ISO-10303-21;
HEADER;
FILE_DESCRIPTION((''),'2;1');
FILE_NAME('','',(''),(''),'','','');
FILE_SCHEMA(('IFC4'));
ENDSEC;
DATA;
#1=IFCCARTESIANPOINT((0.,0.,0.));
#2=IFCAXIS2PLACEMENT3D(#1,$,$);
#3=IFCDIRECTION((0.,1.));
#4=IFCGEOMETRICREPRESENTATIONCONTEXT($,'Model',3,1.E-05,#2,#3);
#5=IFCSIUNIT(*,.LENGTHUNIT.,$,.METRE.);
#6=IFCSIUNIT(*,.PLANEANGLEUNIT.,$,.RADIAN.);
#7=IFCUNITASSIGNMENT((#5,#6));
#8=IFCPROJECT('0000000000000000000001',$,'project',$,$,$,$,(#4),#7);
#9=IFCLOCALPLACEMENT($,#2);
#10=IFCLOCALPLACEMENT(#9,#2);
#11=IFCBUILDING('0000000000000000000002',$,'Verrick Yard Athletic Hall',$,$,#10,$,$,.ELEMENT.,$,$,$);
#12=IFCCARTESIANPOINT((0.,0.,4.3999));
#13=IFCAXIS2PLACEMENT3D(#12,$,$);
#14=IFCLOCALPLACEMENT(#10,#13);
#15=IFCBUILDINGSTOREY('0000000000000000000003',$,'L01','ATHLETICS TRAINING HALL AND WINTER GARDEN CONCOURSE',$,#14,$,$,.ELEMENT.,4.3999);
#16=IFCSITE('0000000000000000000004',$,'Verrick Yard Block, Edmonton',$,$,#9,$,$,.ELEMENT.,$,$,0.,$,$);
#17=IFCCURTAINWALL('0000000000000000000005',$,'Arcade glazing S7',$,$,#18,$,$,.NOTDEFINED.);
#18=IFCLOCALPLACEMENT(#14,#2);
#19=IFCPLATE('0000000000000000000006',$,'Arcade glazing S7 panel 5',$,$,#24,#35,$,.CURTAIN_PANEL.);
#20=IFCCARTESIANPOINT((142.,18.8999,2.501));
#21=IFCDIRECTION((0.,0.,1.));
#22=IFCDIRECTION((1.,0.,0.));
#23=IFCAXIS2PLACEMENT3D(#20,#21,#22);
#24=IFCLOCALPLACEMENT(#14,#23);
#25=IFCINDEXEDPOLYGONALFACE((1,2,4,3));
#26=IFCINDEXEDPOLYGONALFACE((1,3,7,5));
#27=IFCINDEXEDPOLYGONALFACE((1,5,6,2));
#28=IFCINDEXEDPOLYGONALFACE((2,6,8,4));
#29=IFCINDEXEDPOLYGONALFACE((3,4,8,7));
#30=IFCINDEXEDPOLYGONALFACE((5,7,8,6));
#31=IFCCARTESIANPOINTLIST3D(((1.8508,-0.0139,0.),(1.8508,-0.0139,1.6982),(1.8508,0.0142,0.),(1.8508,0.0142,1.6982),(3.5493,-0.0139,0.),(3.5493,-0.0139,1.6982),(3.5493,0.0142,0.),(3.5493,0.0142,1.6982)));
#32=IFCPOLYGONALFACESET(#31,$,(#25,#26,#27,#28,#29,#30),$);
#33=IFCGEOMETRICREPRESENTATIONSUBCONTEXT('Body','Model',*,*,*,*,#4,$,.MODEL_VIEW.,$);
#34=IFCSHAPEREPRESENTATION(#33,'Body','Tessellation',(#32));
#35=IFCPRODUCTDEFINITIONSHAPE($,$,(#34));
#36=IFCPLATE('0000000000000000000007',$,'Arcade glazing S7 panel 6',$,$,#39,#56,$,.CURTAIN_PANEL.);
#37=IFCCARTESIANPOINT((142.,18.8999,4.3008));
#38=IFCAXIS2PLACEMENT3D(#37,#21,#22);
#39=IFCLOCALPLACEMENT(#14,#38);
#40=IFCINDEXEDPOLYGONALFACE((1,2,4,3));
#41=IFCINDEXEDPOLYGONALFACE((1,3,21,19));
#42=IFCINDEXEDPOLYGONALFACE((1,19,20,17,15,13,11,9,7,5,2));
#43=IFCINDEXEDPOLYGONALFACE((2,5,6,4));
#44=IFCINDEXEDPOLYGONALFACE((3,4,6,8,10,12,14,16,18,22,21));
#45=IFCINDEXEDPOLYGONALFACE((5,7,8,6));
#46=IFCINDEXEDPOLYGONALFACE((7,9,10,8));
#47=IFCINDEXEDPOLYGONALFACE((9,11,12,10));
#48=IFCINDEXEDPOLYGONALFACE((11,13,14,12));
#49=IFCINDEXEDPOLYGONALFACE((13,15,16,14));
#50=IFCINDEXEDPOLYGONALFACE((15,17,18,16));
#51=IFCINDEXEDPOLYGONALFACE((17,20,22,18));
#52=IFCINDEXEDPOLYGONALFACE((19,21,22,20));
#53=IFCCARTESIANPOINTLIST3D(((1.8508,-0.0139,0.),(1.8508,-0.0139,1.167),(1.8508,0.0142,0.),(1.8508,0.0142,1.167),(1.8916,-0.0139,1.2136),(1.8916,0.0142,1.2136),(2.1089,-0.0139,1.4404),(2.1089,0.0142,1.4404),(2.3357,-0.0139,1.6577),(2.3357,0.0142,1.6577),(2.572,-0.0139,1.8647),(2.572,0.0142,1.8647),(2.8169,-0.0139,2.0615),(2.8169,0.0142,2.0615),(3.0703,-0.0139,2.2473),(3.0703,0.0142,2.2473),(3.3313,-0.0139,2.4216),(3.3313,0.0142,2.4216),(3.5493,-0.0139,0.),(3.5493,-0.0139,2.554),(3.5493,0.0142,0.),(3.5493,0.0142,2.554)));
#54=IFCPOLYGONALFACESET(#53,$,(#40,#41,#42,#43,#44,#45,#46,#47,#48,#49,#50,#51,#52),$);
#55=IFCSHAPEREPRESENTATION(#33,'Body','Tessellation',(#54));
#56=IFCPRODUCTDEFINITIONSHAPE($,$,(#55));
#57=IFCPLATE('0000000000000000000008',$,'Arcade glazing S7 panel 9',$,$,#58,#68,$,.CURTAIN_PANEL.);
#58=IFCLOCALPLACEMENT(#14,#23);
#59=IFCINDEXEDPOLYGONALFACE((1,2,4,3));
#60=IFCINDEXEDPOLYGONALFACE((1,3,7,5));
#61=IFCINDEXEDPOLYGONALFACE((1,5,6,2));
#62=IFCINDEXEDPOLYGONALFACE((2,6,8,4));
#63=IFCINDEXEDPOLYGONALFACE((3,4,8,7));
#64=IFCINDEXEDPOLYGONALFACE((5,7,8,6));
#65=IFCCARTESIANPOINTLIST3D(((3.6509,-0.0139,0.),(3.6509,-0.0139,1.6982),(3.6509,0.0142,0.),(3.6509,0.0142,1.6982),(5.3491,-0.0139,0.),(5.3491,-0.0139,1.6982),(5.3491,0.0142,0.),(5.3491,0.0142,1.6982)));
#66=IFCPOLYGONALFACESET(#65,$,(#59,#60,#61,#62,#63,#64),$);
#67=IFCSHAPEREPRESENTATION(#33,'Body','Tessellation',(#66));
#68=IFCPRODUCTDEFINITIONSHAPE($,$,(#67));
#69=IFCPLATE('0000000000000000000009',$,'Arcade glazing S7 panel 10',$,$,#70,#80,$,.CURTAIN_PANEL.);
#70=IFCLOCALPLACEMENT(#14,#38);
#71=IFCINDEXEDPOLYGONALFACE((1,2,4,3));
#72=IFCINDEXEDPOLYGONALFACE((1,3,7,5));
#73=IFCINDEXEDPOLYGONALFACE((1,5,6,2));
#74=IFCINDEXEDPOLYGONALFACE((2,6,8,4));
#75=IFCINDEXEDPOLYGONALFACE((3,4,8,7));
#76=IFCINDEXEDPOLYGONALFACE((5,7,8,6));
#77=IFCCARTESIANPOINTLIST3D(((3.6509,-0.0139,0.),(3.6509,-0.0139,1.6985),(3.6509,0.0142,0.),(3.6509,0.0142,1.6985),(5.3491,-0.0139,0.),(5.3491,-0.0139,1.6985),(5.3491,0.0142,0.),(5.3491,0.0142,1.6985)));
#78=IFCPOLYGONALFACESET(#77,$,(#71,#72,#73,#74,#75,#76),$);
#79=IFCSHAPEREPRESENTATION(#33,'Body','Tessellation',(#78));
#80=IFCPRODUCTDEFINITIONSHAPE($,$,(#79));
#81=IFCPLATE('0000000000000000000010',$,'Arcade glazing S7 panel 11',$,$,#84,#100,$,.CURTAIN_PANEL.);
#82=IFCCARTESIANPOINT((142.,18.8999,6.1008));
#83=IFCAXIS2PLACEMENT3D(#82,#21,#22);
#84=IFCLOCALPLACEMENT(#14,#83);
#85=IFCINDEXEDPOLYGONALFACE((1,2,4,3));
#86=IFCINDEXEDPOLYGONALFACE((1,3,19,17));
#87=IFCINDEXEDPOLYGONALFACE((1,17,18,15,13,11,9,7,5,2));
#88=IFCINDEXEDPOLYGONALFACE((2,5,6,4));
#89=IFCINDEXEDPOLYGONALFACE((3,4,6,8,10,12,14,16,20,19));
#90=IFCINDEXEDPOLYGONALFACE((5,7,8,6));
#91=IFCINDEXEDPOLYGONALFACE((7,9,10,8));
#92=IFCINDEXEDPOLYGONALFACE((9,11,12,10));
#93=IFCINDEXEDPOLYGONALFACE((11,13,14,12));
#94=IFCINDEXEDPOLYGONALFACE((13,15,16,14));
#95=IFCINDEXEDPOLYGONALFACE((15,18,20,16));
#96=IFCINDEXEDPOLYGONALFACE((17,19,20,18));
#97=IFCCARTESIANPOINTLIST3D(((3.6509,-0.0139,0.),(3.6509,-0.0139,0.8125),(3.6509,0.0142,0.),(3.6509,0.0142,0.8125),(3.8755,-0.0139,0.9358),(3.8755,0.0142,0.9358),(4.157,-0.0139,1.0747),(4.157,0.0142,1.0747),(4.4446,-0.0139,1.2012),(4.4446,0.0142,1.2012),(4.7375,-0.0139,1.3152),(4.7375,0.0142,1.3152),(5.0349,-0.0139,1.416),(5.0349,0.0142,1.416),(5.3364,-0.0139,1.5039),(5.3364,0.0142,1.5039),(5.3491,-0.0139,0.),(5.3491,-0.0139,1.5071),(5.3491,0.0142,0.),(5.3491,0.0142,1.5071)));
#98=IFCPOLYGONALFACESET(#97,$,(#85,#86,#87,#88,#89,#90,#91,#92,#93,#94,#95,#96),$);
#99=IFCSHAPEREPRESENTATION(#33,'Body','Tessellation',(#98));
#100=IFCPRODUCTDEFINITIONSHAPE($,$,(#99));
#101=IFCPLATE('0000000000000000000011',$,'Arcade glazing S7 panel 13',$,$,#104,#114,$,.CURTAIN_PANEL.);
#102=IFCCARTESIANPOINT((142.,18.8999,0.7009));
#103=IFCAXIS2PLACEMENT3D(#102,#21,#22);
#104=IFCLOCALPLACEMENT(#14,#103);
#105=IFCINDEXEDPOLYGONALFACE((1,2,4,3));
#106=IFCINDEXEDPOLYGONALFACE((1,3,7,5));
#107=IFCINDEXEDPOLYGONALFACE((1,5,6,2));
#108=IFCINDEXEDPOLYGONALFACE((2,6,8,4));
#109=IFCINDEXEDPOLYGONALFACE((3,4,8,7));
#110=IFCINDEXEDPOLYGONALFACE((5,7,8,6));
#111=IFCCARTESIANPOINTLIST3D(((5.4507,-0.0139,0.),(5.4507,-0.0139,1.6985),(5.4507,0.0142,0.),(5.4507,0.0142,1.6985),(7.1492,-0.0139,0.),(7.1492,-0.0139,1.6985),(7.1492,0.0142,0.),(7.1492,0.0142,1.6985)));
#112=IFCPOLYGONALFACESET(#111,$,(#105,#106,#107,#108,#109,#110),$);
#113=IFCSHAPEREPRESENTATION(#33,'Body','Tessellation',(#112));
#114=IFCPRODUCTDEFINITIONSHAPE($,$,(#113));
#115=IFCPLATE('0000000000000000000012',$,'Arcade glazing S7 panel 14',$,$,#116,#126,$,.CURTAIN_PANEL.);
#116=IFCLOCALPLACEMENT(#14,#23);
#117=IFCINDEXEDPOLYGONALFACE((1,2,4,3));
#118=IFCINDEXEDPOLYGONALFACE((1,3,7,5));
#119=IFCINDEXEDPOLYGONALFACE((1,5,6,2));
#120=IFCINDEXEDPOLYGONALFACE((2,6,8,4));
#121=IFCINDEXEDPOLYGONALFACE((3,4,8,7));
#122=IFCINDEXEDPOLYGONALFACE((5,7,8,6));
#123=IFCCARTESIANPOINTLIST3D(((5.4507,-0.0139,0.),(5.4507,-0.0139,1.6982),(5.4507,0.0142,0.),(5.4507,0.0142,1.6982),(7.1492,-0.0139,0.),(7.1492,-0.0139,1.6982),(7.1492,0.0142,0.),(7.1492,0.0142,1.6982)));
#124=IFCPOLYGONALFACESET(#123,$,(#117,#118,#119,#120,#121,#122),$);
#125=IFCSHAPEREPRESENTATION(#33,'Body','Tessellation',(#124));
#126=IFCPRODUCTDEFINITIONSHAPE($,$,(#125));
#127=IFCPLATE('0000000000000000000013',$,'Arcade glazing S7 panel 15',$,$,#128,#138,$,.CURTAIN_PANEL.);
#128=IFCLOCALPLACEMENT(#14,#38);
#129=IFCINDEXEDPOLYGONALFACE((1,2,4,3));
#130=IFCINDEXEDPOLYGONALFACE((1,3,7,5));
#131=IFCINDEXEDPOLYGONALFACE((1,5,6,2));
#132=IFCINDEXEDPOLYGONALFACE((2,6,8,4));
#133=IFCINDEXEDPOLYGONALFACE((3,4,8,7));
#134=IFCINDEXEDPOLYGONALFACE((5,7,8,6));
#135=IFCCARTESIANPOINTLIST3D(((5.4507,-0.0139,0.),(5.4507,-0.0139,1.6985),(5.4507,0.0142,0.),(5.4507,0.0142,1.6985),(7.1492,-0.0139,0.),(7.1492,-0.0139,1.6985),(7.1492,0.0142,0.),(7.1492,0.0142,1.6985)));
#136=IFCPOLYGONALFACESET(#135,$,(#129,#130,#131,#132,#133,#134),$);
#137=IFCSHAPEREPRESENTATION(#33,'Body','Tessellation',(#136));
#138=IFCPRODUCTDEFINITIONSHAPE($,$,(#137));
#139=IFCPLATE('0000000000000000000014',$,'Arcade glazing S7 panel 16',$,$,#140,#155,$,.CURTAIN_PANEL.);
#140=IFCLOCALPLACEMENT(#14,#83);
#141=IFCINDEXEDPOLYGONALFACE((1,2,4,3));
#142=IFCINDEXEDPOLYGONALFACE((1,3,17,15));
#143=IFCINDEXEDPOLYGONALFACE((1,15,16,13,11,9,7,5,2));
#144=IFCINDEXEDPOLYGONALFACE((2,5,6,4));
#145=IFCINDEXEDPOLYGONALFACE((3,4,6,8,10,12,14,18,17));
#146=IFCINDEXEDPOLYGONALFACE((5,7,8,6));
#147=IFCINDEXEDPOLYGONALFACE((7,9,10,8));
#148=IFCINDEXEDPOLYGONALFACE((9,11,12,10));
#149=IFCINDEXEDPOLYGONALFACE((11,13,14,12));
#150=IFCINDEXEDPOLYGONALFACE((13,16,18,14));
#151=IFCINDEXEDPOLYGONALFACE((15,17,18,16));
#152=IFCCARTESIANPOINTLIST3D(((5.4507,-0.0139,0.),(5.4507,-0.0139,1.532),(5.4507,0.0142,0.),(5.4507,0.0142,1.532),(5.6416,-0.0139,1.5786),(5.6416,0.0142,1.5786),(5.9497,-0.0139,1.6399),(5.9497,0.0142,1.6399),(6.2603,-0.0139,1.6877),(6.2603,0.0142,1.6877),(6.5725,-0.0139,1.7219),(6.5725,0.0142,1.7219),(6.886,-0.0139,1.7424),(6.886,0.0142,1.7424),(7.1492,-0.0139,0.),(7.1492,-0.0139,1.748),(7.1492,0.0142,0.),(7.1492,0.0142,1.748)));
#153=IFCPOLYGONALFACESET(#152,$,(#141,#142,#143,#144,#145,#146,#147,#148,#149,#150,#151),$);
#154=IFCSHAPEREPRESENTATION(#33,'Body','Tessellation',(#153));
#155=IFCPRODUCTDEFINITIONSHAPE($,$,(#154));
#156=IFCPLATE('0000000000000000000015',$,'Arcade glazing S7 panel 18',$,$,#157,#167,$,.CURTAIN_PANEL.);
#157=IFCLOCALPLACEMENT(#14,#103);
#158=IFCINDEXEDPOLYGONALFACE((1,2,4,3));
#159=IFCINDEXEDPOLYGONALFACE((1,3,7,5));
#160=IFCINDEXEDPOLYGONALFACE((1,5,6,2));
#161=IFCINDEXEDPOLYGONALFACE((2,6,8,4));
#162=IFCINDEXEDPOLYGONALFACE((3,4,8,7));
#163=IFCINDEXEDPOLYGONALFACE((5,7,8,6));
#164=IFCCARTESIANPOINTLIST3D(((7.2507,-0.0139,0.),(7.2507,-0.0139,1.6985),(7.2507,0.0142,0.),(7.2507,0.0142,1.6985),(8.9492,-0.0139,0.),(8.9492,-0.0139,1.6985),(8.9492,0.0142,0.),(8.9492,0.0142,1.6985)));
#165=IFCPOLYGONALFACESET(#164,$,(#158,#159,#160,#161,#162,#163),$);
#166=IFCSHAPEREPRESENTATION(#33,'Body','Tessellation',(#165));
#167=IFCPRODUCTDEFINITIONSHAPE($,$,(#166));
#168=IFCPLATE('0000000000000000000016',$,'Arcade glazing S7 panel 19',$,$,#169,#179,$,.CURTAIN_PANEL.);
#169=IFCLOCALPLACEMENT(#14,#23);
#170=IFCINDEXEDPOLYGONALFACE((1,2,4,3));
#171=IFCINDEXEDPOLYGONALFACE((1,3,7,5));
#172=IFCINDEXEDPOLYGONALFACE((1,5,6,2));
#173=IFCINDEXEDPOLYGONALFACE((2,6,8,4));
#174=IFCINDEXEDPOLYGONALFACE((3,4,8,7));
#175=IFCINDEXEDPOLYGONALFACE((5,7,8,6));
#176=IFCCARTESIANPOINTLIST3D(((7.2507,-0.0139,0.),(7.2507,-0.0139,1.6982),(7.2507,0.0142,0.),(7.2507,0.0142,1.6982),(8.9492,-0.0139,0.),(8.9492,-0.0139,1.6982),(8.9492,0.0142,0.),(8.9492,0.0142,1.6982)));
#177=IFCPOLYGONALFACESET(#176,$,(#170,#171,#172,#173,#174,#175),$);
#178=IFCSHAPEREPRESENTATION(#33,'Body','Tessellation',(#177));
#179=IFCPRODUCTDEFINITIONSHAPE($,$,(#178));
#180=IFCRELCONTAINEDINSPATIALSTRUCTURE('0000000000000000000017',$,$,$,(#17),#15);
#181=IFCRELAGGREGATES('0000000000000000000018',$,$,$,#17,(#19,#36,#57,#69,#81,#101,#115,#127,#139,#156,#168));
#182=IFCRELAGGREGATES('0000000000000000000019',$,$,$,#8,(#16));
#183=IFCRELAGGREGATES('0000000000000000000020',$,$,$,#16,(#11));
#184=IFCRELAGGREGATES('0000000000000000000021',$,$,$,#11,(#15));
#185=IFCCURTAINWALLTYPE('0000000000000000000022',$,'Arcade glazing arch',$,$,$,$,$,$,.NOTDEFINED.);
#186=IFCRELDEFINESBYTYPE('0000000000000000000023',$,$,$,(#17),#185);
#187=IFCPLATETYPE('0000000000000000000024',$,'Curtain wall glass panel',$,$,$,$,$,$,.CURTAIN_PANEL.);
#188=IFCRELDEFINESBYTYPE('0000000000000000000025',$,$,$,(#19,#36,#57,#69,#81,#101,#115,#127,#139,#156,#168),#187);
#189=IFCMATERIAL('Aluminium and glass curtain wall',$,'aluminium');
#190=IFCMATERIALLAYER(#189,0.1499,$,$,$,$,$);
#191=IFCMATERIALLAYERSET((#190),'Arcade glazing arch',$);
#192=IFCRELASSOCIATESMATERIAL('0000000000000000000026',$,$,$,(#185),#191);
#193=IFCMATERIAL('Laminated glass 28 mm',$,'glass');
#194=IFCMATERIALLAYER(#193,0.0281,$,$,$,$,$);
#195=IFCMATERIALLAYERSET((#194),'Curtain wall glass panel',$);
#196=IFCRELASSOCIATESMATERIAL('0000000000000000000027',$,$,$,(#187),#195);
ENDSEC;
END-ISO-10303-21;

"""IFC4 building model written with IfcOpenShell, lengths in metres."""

from ifc_helpers import new_model, si_unit, direction, frame, origin, place, context, subcontext, project, spatial, polyline, outline, extrude, material, layer, layer_set, type_object, element, aggregate, save


model = new_model("IFC4")

# Units and contexts
model_context = context("Model", 3, precision=1e-05, world=origin(), true_north=direction((0.0, 1.0)))
body_context = subcontext(model_context, "Body", "Model", "MODEL_VIEW")
ifc_project = project(units=[si_unit("LENGTHUNIT", "METRE"), si_unit("PLANEANGLEUNIT", "RADIAN")], contexts=[model_context])

# Site, building, storey
site_placement = place(None, origin())
site = spatial("IfcSite", under=ifc_project, at=site_placement, Name="Verrick Yard Block, Edmonton", CompositionType="ELEMENT", RefElevation=0.0)
building_placement = place(site_placement, origin())
building = spatial("IfcBuilding", under=site, at=building_placement, Name="Verrick Yard Athletic Hall", CompositionType="ELEMENT")
storey_placement = place(building_placement, frame((0.0, 0.0, 4.3999)))
storey = spatial("IfcBuildingStorey", under=building, at=storey_placement, Name="L01", Description="ATHLETICS TRAINING HALL AND WINTER GARDEN CONCOURSE", CompositionType="ELEMENT", Elevation=4.3999)

# Curtain wall, plates
ifc_material_1 = material(Name="Aluminium and glass curtain wall", Category="aluminium")
ifc_layer_1 = layer(ifc_material_1, 0.1499)
ifc_layer_set_1 = layer_set([ifc_layer_1], Name="Arcade glazing arch")
curtain_wall_type = type_object("IfcCurtainWallType", Name="Arcade glazing arch", PredefinedType="NOTDEFINED", material=ifc_layer_set_1)
curtain_wall_placement = place(storey_placement, origin())
curtain_wall = element("IfcCurtainWall", 1, at=curtain_wall_placement, inside=storey, type_object=curtain_wall_type, Name="Arcade glazing S7", PredefinedType="NOTDEFINED")
ifc_material_2 = material(Name="Laminated glass 28 mm", Category="glass")
ifc_layer_2 = layer(ifc_material_2, 0.0281)
ifc_layer_set_2 = layer_set([ifc_layer_2], Name="Curtain wall glass panel")
plate_type = type_object("IfcPlateType", Name="Curtain wall glass panel", PredefinedType="CURTAIN_PANEL", material=ifc_layer_set_2)
plate_1_placement = place(storey_placement, frame((142.0, 18.8999, 2.501), z_axis=(0.0, 0.0, 1.0), x_axis=(1.0, 0.0, 0.0)))
plate_1 = element("IfcPlate", 2, at=plate_1_placement, type_object=plate_type, Name="Arcade glazing S7 panel 5", PredefinedType="CURTAIN_PANEL", context=body_context, shape_type="SweptSolid", body=[
    extrude(outline(polyline([(3.5493, 0.0), (3.5493, 1.6982), (1.8508, 1.6982), (1.8508, 0.0), (3.5493, 0.0)])), frame((0.0, 0.0142, 0.0), z_axis=(0.0, -1.0, 0.0), x_axis=(1.0, 0.0, 0.0)), (0.0, 0.0, 1.0), 0.0281),
])
plate_2_placement = place(storey_placement, frame((142.0, 18.8999, 4.3008), z_axis=(0.0, 0.0, 1.0), x_axis=(1.0, 0.0, 0.0)))
plate_2 = element("IfcPlate", 3, at=plate_2_placement, type_object=plate_type, Name="Arcade glazing S7 panel 6", PredefinedType="CURTAIN_PANEL", context=body_context, shape_type="SweptSolid", body=[
    extrude(outline(polyline([(3.5493, 2.554), (3.3313, 2.4216), (3.0703, 2.2473), (2.8169, 2.0615), (2.572, 1.8647), (2.3357, 1.6577), (2.1089, 1.4404), (1.8916, 1.2136), (1.8508, 1.167), (1.8508, 0.0), (3.5493, 0.0), (3.5493, 2.554)])), frame((0.0, 0.0142, 0.0), z_axis=(0.0, -1.0, 0.0), x_axis=(1.0, 0.0, 0.0)), (0.0, 0.0, 1.0), 0.0281),
])
plate_3_placement = place(storey_placement, frame((142.0, 18.8999, 2.501), z_axis=(0.0, 0.0, 1.0), x_axis=(1.0, 0.0, 0.0)))
plate_3 = element("IfcPlate", 4, at=plate_3_placement, type_object=plate_type, Name="Arcade glazing S7 panel 9", PredefinedType="CURTAIN_PANEL", context=body_context, shape_type="SweptSolid", body=[
    extrude(outline(polyline([(5.3491, 0.0), (5.3491, 1.6982), (3.6509, 1.6982), (3.6509, 0.0), (5.3491, 0.0)])), frame((0.0, 0.0142, 0.0), z_axis=(0.0, -1.0, 0.0), x_axis=(1.0, 0.0, 0.0)), (0.0, 0.0, 1.0), 0.0281),
])
plate_4_placement = place(storey_placement, frame((142.0, 18.8999, 4.3008), z_axis=(0.0, 0.0, 1.0), x_axis=(1.0, 0.0, 0.0)))
plate_4 = element("IfcPlate", 5, at=plate_4_placement, type_object=plate_type, Name="Arcade glazing S7 panel 10", PredefinedType="CURTAIN_PANEL", context=body_context, shape_type="SweptSolid", body=[
    extrude(outline(polyline([(5.3491, 0.0), (5.3491, 1.6985), (3.6509, 1.6985), (3.6509, 0.0), (5.3491, 0.0)])), frame((0.0, 0.0142, 0.0), z_axis=(0.0, -1.0, 0.0), x_axis=(1.0, 0.0, 0.0)), (0.0, 0.0, 1.0), 0.0281),
])
plate_5_placement = place(storey_placement, frame((142.0, 18.8999, 6.1008), z_axis=(0.0, 0.0, 1.0), x_axis=(1.0, 0.0, 0.0)))
plate_5 = element("IfcPlate", 6, at=plate_5_placement, type_object=plate_type, Name="Arcade glazing S7 panel 11", PredefinedType="CURTAIN_PANEL", context=body_context, shape_type="SweptSolid", body=[
    extrude(outline(polyline([(5.3491, 1.5071), (5.3364, 1.5039), (5.0349, 1.416), (4.7375, 1.3152), (4.4446, 1.2012), (4.157, 1.0747), (3.8755, 0.9358), (3.6509, 0.8125), (3.6509, 0.0), (5.3491, 0.0), (5.3491, 1.5071)])), frame((0.0, 0.0142, 0.0), z_axis=(0.0, -1.0, 0.0), x_axis=(1.0, 0.0, 0.0)), (0.0, 0.0, 1.0), 0.0281),
])
plate_6_placement = place(storey_placement, frame((142.0, 18.8999, 0.7009), z_axis=(0.0, 0.0, 1.0), x_axis=(1.0, 0.0, 0.0)))
plate_6 = element("IfcPlate", 7, at=plate_6_placement, type_object=plate_type, Name="Arcade glazing S7 panel 13", PredefinedType="CURTAIN_PANEL", context=body_context, shape_type="SweptSolid", body=[
    extrude(outline(polyline([(7.1492, 0.0), (7.1492, 1.6985), (5.4507, 1.6985), (5.4507, 0.0), (7.1492, 0.0)])), frame((0.0, 0.0142, 0.0), z_axis=(0.0, -1.0, 0.0), x_axis=(1.0, 0.0, 0.0)), (0.0, 0.0, 1.0), 0.0281),
])
plate_7_placement = place(storey_placement, frame((142.0, 18.8999, 2.501), z_axis=(0.0, 0.0, 1.0), x_axis=(1.0, 0.0, 0.0)))
plate_7 = element("IfcPlate", 8, at=plate_7_placement, type_object=plate_type, Name="Arcade glazing S7 panel 14", PredefinedType="CURTAIN_PANEL", context=body_context, shape_type="SweptSolid", body=[
    extrude(outline(polyline([(7.1492, 0.0), (7.1492, 1.6982), (5.4507, 1.6982), (5.4507, 0.0), (7.1492, 0.0)])), frame((0.0, 0.0142, 0.0), z_axis=(0.0, -1.0, 0.0), x_axis=(1.0, 0.0, 0.0)), (0.0, 0.0, 1.0), 0.0281),
])
plate_8_placement = place(storey_placement, frame((142.0, 18.8999, 4.3008), z_axis=(0.0, 0.0, 1.0), x_axis=(1.0, 0.0, 0.0)))
plate_8 = element("IfcPlate", 9, at=plate_8_placement, type_object=plate_type, Name="Arcade glazing S7 panel 15", PredefinedType="CURTAIN_PANEL", context=body_context, shape_type="SweptSolid", body=[
    extrude(outline(polyline([(7.1492, 0.0), (7.1492, 1.6985), (5.4507, 1.6985), (5.4507, 0.0), (7.1492, 0.0)])), frame((0.0, 0.0142, 0.0), z_axis=(0.0, -1.0, 0.0), x_axis=(1.0, 0.0, 0.0)), (0.0, 0.0, 1.0), 0.0281),
])
plate_9_placement = place(storey_placement, frame((142.0, 18.8999, 6.1008), z_axis=(0.0, 0.0, 1.0), x_axis=(1.0, 0.0, 0.0)))
plate_9 = element("IfcPlate", 10, at=plate_9_placement, type_object=plate_type, Name="Arcade glazing S7 panel 16", PredefinedType="CURTAIN_PANEL", context=body_context, shape_type="SweptSolid", body=[
    extrude(outline(polyline([(7.1492, 1.748), (6.886, 1.7424), (6.5725, 1.7219), (6.2603, 1.6877), (5.9497, 1.6399), (5.6416, 1.5786), (5.4507, 1.532), (5.4507, 0.0), (7.1492, 0.0), (7.1492, 1.748)])), frame((0.0, 0.0142, 0.0), z_axis=(0.0, -1.0, 0.0), x_axis=(1.0, 0.0, 0.0)), (0.0, 0.0, 1.0), 0.0281),
])
plate_10_placement = place(storey_placement, frame((142.0, 18.8999, 0.7009), z_axis=(0.0, 0.0, 1.0), x_axis=(1.0, 0.0, 0.0)))
plate_10 = element("IfcPlate", 11, at=plate_10_placement, type_object=plate_type, Name="Arcade glazing S7 panel 18", PredefinedType="CURTAIN_PANEL", context=body_context, shape_type="SweptSolid", body=[
    extrude(outline(polyline([(8.9492, 0.0), (8.9492, 1.6985), (7.2507, 1.6985), (7.2507, 0.0), (8.9492, 0.0)])), frame((0.0, 0.0142, 0.0), z_axis=(0.0, -1.0, 0.0), x_axis=(1.0, 0.0, 0.0)), (0.0, 0.0, 1.0), 0.0281),
])
plate_11_placement = place(storey_placement, frame((142.0, 18.8999, 2.501), z_axis=(0.0, 0.0, 1.0), x_axis=(1.0, 0.0, 0.0)))
plate_11 = element("IfcPlate", 12, at=plate_11_placement, type_object=plate_type, Name="Arcade glazing S7 panel 19", PredefinedType="CURTAIN_PANEL", context=body_context, shape_type="SweptSolid", body=[
    extrude(outline(polyline([(8.9492, 0.0), (8.9492, 1.6982), (7.2507, 1.6982), (7.2507, 0.0), (8.9492, 0.0)])), frame((0.0, 0.0142, 0.0), z_axis=(0.0, -1.0, 0.0), x_axis=(1.0, 0.0, 0.0)), (0.0, 0.0, 1.0), 0.0281),
])
aggregate(curtain_wall, [plate_1, plate_2, plate_3, plate_4, plate_5, plate_6, plate_7, plate_8, plate_9, plate_10, plate_11])

save(model, "model.ifc")
